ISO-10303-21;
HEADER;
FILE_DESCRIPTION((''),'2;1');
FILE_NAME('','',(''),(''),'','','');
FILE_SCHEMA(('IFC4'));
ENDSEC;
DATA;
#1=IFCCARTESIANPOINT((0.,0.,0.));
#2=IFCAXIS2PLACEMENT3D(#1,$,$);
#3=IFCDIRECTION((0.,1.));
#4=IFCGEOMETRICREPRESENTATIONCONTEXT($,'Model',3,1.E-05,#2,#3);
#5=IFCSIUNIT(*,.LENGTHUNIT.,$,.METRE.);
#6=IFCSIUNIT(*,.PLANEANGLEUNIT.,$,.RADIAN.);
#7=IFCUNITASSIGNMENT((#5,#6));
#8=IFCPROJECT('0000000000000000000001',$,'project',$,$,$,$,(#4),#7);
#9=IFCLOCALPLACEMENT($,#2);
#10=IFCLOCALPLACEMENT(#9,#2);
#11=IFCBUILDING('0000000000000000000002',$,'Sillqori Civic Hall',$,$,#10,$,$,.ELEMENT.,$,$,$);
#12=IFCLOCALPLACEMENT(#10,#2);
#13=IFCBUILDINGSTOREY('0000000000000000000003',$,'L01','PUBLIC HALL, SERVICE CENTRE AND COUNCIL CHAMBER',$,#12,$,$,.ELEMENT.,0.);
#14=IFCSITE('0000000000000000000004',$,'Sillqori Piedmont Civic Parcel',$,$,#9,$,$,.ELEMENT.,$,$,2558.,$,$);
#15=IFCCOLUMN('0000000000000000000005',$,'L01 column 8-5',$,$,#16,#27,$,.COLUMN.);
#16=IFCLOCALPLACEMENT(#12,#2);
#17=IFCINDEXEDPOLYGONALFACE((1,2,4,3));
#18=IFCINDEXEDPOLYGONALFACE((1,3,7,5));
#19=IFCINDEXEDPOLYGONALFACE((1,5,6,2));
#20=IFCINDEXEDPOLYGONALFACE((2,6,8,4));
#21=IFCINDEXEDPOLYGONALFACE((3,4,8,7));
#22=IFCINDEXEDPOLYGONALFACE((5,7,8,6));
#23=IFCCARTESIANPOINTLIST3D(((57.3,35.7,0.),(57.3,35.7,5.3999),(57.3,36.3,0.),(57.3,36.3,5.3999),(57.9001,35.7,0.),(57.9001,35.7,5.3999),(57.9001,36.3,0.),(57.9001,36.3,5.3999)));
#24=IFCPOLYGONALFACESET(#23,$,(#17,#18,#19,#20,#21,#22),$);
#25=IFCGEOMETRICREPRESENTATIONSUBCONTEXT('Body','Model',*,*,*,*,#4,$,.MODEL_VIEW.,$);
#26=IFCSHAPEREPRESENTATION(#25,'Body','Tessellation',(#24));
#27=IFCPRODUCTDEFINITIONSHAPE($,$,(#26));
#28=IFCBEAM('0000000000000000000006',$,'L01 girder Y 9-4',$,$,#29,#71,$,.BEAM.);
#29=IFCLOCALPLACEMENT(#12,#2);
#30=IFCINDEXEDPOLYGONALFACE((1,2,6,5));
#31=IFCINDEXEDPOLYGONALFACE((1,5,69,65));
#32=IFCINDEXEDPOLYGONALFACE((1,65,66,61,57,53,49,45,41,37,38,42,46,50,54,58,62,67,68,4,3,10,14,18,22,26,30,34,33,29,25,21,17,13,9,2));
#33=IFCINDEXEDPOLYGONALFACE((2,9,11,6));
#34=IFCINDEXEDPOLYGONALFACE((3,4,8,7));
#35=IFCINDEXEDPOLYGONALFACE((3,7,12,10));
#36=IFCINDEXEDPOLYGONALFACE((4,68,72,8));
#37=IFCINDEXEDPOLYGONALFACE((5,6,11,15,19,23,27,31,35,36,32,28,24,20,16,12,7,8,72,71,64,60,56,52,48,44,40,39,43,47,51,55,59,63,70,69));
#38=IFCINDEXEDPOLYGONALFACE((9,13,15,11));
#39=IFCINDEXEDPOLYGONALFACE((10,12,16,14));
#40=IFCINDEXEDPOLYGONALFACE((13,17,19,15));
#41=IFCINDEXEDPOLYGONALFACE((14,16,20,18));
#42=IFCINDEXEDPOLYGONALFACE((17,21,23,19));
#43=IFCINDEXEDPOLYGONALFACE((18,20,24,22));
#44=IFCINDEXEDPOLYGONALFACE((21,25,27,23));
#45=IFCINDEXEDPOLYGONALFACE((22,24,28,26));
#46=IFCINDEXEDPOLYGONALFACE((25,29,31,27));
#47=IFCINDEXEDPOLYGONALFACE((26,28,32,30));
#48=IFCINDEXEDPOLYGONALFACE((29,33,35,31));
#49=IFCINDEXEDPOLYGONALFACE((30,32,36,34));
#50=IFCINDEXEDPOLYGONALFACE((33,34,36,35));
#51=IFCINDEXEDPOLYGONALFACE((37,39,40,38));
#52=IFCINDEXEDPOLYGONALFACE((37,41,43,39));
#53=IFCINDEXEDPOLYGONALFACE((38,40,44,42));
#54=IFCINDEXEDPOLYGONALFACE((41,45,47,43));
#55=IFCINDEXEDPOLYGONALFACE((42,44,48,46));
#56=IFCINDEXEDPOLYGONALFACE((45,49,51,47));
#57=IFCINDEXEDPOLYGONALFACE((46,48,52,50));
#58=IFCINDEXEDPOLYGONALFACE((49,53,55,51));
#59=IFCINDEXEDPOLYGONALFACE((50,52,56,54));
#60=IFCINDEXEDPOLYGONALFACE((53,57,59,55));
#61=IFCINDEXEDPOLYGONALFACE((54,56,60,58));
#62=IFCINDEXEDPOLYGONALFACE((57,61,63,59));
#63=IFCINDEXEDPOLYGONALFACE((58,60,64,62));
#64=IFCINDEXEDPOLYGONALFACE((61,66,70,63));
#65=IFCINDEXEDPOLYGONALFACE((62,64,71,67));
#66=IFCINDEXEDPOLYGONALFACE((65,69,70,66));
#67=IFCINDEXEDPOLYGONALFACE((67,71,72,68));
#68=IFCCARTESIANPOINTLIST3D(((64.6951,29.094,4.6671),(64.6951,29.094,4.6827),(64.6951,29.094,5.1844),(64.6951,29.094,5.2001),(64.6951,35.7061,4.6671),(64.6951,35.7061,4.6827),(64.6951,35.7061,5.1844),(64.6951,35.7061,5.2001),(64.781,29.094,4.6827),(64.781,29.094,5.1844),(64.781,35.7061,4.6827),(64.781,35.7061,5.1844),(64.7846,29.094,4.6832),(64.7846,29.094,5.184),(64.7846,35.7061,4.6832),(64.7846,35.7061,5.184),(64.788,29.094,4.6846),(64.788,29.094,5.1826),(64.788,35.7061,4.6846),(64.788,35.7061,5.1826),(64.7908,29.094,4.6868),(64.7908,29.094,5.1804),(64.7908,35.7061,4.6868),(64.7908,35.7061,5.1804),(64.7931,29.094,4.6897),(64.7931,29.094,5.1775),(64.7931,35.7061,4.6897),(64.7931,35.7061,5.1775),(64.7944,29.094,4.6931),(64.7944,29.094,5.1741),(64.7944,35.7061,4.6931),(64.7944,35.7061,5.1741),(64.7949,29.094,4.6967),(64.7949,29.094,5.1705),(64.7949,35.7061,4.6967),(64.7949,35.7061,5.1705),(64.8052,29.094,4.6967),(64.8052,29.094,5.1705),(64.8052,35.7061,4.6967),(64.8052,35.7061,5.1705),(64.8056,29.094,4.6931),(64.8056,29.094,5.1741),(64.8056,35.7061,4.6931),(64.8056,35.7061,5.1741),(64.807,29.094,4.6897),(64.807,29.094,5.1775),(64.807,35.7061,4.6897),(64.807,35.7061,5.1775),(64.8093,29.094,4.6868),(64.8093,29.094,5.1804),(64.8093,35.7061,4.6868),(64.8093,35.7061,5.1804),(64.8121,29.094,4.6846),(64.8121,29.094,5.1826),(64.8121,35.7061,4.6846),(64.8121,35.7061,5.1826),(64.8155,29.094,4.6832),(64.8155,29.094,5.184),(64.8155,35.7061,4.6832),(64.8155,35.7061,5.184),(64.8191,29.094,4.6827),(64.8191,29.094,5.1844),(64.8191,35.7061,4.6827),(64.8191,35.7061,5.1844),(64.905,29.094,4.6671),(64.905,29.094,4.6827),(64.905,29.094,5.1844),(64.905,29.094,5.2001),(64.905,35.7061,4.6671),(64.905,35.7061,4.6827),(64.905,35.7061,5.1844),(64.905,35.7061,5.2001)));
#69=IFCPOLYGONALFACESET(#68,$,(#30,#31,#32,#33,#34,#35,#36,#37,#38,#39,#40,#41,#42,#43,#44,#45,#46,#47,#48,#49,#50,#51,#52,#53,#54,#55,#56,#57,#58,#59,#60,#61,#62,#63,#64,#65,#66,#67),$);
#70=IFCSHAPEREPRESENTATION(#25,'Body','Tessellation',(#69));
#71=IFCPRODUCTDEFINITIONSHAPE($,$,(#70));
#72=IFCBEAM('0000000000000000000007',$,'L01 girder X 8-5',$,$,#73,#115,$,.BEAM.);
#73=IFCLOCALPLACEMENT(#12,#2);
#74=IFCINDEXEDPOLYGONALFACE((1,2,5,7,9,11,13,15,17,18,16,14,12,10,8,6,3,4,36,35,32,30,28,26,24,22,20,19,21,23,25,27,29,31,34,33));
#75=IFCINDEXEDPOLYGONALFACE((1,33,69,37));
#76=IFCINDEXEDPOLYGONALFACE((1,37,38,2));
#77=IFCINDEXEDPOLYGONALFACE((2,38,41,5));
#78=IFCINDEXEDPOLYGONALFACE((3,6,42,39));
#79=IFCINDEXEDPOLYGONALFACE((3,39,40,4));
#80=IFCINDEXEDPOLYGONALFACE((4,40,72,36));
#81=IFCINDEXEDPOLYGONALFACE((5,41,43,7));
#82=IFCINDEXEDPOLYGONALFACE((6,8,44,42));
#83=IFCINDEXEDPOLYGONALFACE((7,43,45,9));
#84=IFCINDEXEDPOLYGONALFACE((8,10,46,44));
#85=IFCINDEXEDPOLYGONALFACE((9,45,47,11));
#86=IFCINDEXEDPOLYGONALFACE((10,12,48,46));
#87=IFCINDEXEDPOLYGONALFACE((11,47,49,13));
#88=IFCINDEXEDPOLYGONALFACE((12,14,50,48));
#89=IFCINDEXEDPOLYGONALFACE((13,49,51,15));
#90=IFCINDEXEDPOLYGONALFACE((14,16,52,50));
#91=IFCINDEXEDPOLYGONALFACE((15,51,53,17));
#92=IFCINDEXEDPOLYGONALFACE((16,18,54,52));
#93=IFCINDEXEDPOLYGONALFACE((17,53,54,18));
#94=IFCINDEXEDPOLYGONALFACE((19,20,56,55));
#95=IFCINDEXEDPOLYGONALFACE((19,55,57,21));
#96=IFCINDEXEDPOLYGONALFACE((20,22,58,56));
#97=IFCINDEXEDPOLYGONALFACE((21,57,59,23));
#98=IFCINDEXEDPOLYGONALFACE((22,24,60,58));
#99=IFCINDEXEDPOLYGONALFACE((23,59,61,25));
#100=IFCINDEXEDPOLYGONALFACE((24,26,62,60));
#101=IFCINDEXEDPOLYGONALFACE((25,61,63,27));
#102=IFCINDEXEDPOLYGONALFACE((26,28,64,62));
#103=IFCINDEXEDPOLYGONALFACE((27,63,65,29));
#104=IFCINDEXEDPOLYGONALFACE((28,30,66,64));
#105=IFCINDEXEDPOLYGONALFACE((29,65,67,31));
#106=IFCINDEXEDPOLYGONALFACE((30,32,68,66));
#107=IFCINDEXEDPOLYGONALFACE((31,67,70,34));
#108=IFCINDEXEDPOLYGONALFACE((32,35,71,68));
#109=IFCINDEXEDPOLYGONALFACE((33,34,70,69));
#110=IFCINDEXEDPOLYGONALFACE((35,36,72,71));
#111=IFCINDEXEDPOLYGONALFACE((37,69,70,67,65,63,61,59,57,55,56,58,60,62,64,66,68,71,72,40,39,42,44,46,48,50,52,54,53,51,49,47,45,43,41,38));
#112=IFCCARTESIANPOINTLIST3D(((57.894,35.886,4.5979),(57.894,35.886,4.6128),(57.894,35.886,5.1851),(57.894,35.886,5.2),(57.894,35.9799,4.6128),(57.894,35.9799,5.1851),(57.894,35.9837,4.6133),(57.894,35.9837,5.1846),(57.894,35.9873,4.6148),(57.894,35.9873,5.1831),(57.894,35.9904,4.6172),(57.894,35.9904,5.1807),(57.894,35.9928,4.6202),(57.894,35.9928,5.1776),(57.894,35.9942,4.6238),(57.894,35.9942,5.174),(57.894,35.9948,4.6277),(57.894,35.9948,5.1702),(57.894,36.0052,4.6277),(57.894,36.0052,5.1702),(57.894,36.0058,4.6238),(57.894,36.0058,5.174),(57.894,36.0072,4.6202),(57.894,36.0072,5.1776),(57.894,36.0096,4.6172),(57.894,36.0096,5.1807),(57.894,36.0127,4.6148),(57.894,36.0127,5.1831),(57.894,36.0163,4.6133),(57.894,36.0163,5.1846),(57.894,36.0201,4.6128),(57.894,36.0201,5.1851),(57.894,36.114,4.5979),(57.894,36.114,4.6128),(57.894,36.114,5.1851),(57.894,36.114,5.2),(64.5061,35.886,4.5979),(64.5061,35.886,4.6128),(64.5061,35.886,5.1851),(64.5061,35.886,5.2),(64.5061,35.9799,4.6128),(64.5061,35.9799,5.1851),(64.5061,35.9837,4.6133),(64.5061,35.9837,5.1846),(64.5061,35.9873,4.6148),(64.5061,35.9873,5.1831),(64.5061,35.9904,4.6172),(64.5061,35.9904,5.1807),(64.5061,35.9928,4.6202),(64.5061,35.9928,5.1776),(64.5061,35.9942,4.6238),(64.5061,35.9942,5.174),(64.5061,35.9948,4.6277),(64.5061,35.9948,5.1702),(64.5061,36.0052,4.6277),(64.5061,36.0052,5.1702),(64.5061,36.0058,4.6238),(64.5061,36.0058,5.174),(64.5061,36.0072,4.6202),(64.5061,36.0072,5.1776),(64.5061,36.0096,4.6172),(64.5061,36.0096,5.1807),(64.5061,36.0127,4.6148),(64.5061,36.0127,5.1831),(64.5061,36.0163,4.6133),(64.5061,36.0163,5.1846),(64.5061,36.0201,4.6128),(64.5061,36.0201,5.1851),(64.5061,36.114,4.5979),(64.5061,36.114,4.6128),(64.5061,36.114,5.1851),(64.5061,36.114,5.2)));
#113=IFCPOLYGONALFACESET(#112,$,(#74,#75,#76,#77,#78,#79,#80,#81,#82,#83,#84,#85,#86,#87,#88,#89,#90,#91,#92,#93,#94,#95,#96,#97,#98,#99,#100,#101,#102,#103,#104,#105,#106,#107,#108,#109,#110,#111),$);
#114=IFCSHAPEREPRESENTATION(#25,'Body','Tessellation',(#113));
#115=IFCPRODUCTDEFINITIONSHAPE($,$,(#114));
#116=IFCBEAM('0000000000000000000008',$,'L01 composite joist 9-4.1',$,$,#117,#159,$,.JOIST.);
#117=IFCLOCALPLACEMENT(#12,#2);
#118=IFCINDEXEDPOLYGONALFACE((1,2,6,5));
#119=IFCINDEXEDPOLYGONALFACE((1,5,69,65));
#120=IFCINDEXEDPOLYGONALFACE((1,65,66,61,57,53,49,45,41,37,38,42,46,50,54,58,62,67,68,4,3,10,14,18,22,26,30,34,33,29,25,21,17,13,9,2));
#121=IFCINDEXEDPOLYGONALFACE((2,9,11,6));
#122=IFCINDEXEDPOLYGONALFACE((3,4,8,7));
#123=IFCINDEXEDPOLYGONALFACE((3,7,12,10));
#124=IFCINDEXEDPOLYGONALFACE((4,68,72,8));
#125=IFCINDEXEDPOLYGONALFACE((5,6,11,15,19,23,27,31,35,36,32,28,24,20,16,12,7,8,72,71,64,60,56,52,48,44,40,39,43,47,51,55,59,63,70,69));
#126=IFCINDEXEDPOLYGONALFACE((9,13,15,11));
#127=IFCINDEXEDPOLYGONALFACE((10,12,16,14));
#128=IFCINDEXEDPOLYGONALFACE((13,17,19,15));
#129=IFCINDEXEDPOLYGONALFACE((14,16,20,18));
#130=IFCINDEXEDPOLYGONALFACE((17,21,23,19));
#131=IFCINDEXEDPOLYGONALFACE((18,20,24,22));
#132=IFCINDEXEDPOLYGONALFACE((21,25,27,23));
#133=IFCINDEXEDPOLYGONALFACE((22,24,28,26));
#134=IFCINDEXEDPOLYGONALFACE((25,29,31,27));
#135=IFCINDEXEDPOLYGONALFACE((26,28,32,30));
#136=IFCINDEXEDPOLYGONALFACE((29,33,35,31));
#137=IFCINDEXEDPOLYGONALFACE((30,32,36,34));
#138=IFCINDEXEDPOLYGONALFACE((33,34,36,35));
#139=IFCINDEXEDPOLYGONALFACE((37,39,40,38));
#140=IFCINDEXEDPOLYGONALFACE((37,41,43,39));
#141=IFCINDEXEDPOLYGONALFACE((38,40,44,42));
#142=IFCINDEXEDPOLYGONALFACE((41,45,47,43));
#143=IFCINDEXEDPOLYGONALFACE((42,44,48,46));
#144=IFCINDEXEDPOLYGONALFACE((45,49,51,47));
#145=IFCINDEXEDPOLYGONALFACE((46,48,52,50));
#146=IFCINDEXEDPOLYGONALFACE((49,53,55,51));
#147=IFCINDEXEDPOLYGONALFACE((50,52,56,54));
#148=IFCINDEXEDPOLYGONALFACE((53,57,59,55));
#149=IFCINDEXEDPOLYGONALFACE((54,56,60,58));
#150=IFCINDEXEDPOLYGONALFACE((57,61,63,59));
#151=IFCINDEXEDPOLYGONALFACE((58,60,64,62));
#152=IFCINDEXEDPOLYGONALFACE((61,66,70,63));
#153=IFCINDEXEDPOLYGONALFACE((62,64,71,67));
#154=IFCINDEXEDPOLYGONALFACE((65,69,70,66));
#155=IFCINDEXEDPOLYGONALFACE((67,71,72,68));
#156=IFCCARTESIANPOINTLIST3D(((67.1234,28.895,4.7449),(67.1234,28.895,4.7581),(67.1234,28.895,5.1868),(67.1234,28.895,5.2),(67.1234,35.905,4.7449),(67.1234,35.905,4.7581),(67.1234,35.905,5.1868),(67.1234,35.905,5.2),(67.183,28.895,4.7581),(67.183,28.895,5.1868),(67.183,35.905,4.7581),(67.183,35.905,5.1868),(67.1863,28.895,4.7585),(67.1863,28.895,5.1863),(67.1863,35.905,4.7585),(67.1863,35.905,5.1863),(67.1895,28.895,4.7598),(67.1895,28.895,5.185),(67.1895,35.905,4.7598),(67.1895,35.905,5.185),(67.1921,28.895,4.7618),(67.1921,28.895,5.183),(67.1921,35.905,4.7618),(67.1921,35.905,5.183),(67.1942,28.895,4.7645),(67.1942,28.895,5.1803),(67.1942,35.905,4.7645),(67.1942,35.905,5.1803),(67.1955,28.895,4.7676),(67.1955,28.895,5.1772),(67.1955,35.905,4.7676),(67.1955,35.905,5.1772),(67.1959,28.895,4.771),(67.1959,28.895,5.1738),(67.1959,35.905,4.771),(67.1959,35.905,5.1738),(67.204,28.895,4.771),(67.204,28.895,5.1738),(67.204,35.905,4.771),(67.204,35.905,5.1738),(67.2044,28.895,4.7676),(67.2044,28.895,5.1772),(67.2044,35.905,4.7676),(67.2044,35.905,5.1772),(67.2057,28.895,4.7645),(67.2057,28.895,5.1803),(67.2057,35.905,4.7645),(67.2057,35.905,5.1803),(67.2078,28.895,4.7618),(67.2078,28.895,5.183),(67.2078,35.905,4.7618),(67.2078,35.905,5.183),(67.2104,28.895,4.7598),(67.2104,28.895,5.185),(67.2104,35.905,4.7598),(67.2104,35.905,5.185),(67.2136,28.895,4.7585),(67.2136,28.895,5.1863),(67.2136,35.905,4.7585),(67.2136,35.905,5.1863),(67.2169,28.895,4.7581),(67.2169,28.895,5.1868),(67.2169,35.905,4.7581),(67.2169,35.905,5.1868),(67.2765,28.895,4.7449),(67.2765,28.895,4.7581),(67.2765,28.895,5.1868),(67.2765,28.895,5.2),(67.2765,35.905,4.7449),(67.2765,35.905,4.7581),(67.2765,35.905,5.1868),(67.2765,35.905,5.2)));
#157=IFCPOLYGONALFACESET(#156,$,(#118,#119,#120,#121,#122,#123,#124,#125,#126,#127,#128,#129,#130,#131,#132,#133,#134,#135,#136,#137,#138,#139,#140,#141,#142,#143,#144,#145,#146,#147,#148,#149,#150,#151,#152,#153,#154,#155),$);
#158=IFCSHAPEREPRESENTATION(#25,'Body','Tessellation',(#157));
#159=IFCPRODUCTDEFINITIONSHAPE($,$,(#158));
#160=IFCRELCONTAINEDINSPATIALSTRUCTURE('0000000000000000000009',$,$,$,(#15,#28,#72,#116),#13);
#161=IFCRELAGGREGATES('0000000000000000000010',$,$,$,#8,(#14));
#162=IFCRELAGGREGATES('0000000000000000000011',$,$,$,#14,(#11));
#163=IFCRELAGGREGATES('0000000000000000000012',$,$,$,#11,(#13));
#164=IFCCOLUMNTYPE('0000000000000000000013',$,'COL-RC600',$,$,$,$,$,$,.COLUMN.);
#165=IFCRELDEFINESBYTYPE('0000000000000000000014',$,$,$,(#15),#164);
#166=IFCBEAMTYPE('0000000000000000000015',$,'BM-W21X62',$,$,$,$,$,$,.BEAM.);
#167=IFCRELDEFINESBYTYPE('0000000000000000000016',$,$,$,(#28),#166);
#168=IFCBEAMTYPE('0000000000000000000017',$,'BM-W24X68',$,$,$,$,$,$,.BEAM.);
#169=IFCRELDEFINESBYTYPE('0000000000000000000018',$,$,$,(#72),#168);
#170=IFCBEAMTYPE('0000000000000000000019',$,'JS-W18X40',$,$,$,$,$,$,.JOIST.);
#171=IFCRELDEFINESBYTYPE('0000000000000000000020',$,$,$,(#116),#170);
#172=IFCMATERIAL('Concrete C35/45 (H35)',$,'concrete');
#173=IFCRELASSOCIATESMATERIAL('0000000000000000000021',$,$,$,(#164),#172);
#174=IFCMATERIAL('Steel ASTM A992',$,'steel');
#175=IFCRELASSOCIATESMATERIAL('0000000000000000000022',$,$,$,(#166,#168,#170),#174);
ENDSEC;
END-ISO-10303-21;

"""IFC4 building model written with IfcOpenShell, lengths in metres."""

from ifc_helpers import new_model, si_unit, direction, frame, origin, origin_2d, place, context, subcontext, project, spatial, rectangle, i_section, extrude, material, material_profile, profile_set, type_object, element, save


model = new_model("IFC4")

# Units and contexts
model_context = context("Model", 3, precision=1e-05, world=origin(), true_north=direction((0.0, 1.0)))
body_context = subcontext(model_context, "Body", "Model", "MODEL_VIEW")
ifc_project = project(units=[si_unit("LENGTHUNIT", "METRE"), si_unit("PLANEANGLEUNIT", "RADIAN")], contexts=[model_context])

# Site, building, storey
site_placement = place(None, origin())
site = spatial("IfcSite", under=ifc_project, at=site_placement, Name="Sillqori Piedmont Civic Parcel", CompositionType="ELEMENT", RefElevation=2558.0)
building_placement = place(site_placement, origin())
building = spatial("IfcBuilding", under=site, at=building_placement, Name="Sillqori Civic Hall", CompositionType="ELEMENT")
storey_placement = place(building_placement, origin())
storey = spatial("IfcBuildingStorey", under=building, at=storey_placement, Name="L01", Description="PUBLIC HALL, SERVICE CENTRE AND COUNCIL CHAMBER", CompositionType="ELEMENT", Elevation=0.0)

# Column
ifc_material_1 = material(Name="Concrete C35/45 (H35)", Category="concrete")
ifc_material_profile_1 = material_profile(ifc_material_1, rectangle(XDim=0.6001, YDim=0.6001, at=origin_2d()), Name="RC 600x600")
ifc_profile_set_1 = profile_set([ifc_material_profile_1], Name="Concrete C35/45 (H35)")
column_type = type_object("IfcColumnType", Name="COL-RC600", PredefinedType="COLUMN", material=ifc_profile_set_1)
column_placement = place(storey_placement, frame((57.6001, 36.0, 0.0), z_axis=(0.0, 0.0, 1.0), x_axis=(1.0, 0.0, 0.0)))
element("IfcColumn", 1, at=column_placement, inside=storey, type_object=column_type, Name="L01 column 8-5", PredefinedType="COLUMN", context=body_context, shape_type="SweptSolid", body=[
    extrude(rectangle(XDim=0.6001, YDim=0.6001, at=origin_2d()), origin(), (0.0, 0.0, 1.0), 5.3999),
])

# Beams
ifc_material_2 = material(Name="Steel ASTM A992", Category="steel")
ifc_material_profile_2 = material_profile(ifc_material_2, i_section(OverallWidth=0.21, OverallDepth=0.533, WebThickness=0.0103, FlangeThickness=0.0156, FilletRadius=0.0139, at=origin_2d()), Name="W21X62")
ifc_profile_set_2 = profile_set([ifc_material_profile_2], Name="Steel ASTM A992")
beam_type_1 = type_object("IfcBeamType", Name="BM-W21X62", PredefinedType="BEAM", material=ifc_profile_set_2)
beam_1_placement = place(storey_placement, frame((64.8, 29.094, 4.9336), z_axis=(0.0, 1.0, 0.0), x_axis=(-1.0, 0.0, 0.0)))
element("IfcBeam", 2, at=beam_1_placement, inside=storey, type_object=beam_type_1, Name="L01 girder Y 9-4", PredefinedType="BEAM", context=body_context, shape_type="SweptSolid", body=[
    extrude(i_section(OverallWidth=0.21, OverallDepth=0.533, WebThickness=0.0103, FlangeThickness=0.0156, FilletRadius=0.0139, at=origin_2d()), origin(), (0.0, 0.0, 1.0), 6.6121),
])
ifc_material_profile_3 = material_profile(ifc_material_2, i_section(OverallWidth=0.228, OverallDepth=0.6021, WebThickness=0.0105, FlangeThickness=0.0149, FilletRadius=0.0149, at=origin_2d()), Name="W24X68")
ifc_profile_set_3 = profile_set([ifc_material_profile_3], Name="Steel ASTM A992")
beam_type_2 = type_object("IfcBeamType", Name="BM-W24X68", PredefinedType="BEAM", material=ifc_profile_set_3)
beam_2_placement = place(storey_placement, frame((57.894, 36.0, 4.8989), z_axis=(1.0, 0.0, 0.0), x_axis=(0.0, 1.0, 0.0)))
element("IfcBeam", 3, at=beam_2_placement, inside=storey, type_object=beam_type_2, Name="L01 girder X 8-5", PredefinedType="BEAM", context=body_context, shape_type="SweptSolid", body=[
    extrude(i_section(OverallWidth=0.228, OverallDepth=0.6021, WebThickness=0.0105, FlangeThickness=0.0149, FilletRadius=0.0149, at=origin_2d()), origin(), (0.0, 0.0, 1.0), 6.6121),
])

# Beam
ifc_material_profile_4 = material_profile(ifc_material_2, i_section(OverallWidth=0.1531, OverallDepth=0.4551, WebThickness=0.0081, FlangeThickness=0.0132, FilletRadius=0.0129, at=origin_2d()), Name="W18X40")
ifc_profile_set_4 = profile_set([ifc_material_profile_4], Name="Steel ASTM A992")
beam_type_3 = type_object("IfcBeamType", Name="JS-W18X40", PredefinedType="JOIST", material=ifc_profile_set_4)
for number, where, z_axis, x_axis, name in (
    (4, (67.2, 28.895, 4.9724), (0.0, 1.0, 0.0), (-1.0, 0.0, 0.0), "L01 composite joist 9-4.1"),
):
    element("IfcBeam", number, at=place(storey_placement, frame(where, z_axis=z_axis, x_axis=x_axis)), inside=storey, type_object=beam_type_3, Name=name, PredefinedType="JOIST", context=body_context, shape_type="SweptSolid", body=[
        extrude(i_section(OverallWidth=0.1531, OverallDepth=0.4551, WebThickness=0.0081, FlangeThickness=0.0132, FilletRadius=0.0129, at=origin_2d()), origin(), (0.0, 0.0, 1.0), 7.01),
    ])

save(model, "model.ifc")
